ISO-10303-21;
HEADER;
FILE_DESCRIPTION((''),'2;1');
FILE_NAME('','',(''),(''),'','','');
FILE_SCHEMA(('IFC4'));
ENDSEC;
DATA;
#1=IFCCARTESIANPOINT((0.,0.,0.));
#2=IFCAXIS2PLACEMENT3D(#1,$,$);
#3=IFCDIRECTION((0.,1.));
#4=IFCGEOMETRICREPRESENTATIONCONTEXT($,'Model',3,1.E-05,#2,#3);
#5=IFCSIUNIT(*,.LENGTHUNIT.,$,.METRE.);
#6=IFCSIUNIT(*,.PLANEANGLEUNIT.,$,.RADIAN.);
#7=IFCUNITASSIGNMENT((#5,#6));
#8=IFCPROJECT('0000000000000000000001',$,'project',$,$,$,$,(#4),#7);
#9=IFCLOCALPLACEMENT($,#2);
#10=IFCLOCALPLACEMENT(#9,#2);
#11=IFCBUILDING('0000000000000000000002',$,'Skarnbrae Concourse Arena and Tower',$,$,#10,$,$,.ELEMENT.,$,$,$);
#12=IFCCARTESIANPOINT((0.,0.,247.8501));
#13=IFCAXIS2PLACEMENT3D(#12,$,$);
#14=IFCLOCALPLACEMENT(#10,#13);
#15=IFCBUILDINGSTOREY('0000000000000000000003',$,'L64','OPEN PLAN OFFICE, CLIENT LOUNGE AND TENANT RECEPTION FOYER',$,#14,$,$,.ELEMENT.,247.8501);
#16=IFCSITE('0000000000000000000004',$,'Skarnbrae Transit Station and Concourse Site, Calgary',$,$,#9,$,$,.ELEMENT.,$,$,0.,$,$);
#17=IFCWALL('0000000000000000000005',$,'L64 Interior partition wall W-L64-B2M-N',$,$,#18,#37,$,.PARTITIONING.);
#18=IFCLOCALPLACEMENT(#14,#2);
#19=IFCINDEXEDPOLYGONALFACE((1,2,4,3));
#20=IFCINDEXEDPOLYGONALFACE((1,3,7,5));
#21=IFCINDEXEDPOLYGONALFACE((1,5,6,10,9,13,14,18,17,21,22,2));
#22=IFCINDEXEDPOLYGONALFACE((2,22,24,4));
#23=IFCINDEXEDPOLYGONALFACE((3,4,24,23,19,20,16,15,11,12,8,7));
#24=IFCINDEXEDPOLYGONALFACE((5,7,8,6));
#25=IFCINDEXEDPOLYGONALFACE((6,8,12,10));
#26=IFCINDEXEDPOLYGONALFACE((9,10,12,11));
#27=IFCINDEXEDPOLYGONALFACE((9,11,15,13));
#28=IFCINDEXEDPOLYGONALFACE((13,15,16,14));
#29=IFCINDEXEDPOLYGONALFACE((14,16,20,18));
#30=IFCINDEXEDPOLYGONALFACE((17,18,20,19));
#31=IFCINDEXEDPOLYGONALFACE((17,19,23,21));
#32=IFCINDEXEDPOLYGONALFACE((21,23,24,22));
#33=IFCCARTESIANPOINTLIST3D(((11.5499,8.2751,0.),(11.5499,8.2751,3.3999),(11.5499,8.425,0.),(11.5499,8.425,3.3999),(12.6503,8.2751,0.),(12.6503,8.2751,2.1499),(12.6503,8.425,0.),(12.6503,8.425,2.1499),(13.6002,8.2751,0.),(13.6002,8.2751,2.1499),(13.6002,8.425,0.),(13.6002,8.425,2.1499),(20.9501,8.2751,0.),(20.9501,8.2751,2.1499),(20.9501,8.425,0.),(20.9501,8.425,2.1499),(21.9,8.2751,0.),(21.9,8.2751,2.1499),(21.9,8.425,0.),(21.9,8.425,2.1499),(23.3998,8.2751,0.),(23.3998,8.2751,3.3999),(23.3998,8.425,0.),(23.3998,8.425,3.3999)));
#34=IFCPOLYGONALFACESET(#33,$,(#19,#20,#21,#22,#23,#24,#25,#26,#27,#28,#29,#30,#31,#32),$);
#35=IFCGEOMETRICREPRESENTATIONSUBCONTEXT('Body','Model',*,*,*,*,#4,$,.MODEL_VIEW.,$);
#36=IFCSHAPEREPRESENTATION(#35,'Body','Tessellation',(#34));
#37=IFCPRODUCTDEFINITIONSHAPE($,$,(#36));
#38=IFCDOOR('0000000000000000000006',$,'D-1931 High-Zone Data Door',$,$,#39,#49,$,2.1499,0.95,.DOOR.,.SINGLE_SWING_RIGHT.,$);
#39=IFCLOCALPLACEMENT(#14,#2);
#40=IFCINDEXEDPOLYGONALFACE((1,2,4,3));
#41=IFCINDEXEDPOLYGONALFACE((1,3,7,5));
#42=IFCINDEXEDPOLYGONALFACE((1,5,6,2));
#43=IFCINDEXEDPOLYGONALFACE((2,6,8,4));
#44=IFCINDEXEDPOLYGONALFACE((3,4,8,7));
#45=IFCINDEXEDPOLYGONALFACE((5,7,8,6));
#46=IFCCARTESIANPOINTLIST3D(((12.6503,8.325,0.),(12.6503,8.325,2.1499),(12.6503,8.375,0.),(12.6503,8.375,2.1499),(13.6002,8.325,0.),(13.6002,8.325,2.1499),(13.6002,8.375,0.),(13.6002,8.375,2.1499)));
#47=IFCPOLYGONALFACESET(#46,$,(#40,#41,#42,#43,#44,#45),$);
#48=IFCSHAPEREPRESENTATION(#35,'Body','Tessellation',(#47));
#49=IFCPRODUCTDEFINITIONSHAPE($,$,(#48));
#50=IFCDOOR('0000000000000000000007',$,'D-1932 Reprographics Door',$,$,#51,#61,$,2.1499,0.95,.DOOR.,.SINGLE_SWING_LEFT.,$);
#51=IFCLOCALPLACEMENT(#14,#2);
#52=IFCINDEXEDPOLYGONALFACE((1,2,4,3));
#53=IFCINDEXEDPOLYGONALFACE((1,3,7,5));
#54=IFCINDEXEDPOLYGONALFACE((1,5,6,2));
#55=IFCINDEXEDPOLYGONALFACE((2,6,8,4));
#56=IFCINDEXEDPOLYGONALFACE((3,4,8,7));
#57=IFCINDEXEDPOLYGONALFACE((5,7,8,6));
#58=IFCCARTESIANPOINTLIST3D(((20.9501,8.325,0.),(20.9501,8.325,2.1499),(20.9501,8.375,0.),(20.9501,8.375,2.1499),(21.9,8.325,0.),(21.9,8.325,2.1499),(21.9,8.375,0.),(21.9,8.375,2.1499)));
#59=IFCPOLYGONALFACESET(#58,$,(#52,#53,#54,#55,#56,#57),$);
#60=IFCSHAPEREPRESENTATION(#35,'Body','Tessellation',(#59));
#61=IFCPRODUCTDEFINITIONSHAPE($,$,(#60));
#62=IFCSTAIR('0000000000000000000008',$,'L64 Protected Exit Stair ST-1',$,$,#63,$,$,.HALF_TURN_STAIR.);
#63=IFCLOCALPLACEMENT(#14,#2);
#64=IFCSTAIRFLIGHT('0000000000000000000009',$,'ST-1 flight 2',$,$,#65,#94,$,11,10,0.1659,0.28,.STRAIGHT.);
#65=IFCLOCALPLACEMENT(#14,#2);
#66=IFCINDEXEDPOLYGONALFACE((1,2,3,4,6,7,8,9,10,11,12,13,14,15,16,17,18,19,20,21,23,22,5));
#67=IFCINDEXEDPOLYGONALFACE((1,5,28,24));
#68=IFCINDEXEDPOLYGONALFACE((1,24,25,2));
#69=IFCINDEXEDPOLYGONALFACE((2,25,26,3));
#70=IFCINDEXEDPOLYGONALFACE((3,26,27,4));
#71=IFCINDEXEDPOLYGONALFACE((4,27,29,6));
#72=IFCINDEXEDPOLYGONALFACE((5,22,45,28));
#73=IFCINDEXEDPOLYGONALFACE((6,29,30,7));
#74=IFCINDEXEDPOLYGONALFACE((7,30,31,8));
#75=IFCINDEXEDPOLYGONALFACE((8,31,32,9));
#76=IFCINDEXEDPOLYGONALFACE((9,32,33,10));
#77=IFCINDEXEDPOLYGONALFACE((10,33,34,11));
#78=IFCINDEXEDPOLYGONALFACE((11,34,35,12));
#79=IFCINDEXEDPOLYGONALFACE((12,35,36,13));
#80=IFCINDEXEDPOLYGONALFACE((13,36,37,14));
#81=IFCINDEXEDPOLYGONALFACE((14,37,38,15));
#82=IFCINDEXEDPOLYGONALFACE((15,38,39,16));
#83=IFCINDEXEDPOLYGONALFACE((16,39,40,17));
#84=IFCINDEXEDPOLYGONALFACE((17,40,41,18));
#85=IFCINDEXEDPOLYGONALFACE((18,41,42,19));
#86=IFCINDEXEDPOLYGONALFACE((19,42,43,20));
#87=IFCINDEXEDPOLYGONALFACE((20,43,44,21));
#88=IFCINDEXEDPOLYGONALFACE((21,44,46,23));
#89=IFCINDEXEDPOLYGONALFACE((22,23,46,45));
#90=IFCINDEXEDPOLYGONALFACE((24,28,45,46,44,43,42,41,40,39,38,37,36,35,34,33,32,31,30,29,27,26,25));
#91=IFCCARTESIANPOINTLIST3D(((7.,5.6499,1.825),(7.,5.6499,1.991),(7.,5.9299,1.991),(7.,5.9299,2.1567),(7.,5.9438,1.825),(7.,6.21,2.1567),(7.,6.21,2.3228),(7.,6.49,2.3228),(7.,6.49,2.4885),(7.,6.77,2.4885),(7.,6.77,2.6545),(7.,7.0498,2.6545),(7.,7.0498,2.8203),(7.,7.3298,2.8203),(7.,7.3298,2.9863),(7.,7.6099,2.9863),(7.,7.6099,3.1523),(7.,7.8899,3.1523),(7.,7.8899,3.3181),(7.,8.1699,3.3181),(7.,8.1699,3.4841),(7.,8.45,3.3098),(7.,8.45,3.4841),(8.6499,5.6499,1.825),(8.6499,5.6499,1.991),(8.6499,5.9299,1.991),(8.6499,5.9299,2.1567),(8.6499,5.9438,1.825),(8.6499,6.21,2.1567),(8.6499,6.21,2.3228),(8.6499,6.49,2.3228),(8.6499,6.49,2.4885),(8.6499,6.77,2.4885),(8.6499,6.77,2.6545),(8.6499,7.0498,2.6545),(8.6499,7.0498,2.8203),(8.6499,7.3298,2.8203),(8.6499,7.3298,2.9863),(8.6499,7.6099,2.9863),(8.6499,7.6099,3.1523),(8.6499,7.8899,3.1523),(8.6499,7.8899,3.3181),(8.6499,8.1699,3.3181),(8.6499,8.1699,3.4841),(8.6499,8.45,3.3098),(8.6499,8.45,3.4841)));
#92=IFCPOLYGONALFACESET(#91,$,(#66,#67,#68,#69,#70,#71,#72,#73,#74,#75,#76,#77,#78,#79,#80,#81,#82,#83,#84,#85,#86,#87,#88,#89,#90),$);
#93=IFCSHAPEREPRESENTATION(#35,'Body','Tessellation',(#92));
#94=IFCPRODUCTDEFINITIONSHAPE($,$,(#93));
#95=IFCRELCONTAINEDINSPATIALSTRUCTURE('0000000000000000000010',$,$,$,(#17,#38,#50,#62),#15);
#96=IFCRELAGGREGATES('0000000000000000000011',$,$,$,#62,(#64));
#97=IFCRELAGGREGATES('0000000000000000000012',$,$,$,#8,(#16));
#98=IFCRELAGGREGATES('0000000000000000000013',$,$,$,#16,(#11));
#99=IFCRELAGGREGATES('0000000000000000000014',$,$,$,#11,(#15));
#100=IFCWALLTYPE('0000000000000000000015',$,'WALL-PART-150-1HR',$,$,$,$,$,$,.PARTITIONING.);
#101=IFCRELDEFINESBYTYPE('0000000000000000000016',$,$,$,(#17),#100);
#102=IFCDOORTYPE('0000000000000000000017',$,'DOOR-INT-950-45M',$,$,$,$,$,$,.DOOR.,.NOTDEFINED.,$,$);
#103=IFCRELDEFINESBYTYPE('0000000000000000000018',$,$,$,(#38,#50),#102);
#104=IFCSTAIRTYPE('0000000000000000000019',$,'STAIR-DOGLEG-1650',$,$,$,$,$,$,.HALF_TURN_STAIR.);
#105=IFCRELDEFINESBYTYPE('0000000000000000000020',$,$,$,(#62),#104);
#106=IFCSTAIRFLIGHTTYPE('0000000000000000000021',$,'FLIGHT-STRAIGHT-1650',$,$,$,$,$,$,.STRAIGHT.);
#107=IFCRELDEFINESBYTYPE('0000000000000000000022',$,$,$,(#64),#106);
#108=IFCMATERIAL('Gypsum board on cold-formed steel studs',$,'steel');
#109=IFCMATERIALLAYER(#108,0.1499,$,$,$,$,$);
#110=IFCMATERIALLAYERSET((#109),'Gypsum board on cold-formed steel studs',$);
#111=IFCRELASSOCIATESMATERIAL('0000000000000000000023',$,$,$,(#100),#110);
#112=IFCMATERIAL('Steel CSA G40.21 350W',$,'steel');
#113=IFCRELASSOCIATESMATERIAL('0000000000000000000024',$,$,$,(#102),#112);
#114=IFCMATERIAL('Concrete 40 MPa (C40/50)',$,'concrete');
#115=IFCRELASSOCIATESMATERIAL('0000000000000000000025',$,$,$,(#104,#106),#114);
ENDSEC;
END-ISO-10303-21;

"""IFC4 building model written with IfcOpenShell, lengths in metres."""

from ifc_helpers import new_model, si_unit, direction, frame, frame_2d, origin, place, context, subcontext, project, spatial, polyline, rectangle, outline, extrude, source, transform, mapped, material, layer, layer_set, type_object, element, fill, aggregate, save


model = new_model("IFC4")

# Units and contexts
model_context = context("Model", 3, precision=1e-05, world=origin(), true_north=direction((0.0, 1.0)))
body_context = subcontext(model_context, "Body", "Model", "MODEL_VIEW")
ifc_project = project(units=[si_unit("LENGTHUNIT", "METRE"), si_unit("PLANEANGLEUNIT", "RADIAN")], contexts=[model_context])

# Site, building, storey
site_placement = place(None, origin())
site = spatial("IfcSite", under=ifc_project, at=site_placement, Name="Skarnbrae Transit Station and Concourse Site, Calgary", CompositionType="ELEMENT", RefElevation=0.0)
building_placement = place(site_placement, origin())
building = spatial("IfcBuilding", under=site, at=building_placement, Name="Skarnbrae Concourse Arena and Tower", CompositionType="ELEMENT")
storey_placement = place(building_placement, frame((0.0, 0.0, 247.8501)))
storey = spatial("IfcBuildingStorey", under=building, at=storey_placement, Name="L64", Description="OPEN PLAN OFFICE, CLIENT LOUNGE AND TENANT RECEPTION FOYER", CompositionType="ELEMENT", Elevation=247.8501)

# Shared definitions
ifc_material_1 = material(Name="Gypsum board on cold-formed steel studs", Category="steel")

# Shared definitions
ifc_material_2 = material(Name="Steel CSA G40.21 350W", Category="steel")

# Shared definitions
ifc_layer_1 = layer(ifc_material_1, 0.1499)
ifc_layer_set_1 = layer_set([ifc_layer_1], Name="Gypsum board on cold-formed steel studs")
wall_type_1 = type_object("IfcWallType", Name="WALL-PART-150-1HR", PredefinedType="PARTITIONING", material=ifc_layer_set_1)

# Shared definitions
door_type_1 = type_object("IfcDoorType", Name="DOOR-INT-950-45M", OperationType="NOTDEFINED", PredefinedType="DOOR", material=ifc_material_2)
shared_shape_1 = source(origin(), body_context, "Body", "SweptSolid", [
    extrude(rectangle(XDim=0.95, YDim=2.1499, at=frame_2d((0.4751, 1.075))), frame((0.0, 0.0249, 0.0), z_axis=(0.0, -1.0, 0.0), x_axis=(1.0, 0.0, 0.0)), (0.0, 0.0, 1.0), 0.05),
])

# Shared definitions
shared_shape_2 = source(origin(), body_context, "Body", "SweptSolid", [
    extrude(rectangle(XDim=11.8499, YDim=0.1499, at=frame_2d((5.9248, 0.0))), origin(), (0.0, 0.0, 1.0), 3.3999),
])

# Wall, openings, doors
wall_1_placement = place(storey_placement, frame((11.55, 8.3501, 0.0), z_axis=(0.0, 0.0, 1.0), x_axis=(1.0, 0.0, 0.0)))
wall_1 = element("IfcWall", 1, at=wall_1_placement, inside=storey, type_object=wall_type_1, Name="L64 Interior partition wall W-L64-B2M-N", PredefinedType="PARTITIONING", context=body_context, shape_type="MappedRepresentation", body=[
    mapped(shared_shape_2, transform((0.0, 0.0, 0.0))),
])
opening_1_placement = place(wall_1_placement, frame((1.1001, 0.0, 0.0)))
opening_1 = element("IfcOpeningElement", 2, at=opening_1_placement, cuts=wall_1, PredefinedType="OPENING", context=body_context, shape_type="SweptSolid", body=[
    extrude(rectangle(XDim=0.95, YDim=2.1499, at=frame_2d((0.4751, 1.075))), frame((0.0, 0.085, 0.0), z_axis=(0.0, -1.0, 0.0), x_axis=(1.0, 0.0, 0.0)), (0.0, 0.0, 1.0), 0.1699),
])
opening_2_placement = place(wall_1_placement, frame((9.3999, 0.0, 0.0)))
opening_2 = element("IfcOpeningElement", 3, at=opening_2_placement, cuts=wall_1, PredefinedType="OPENING", context=body_context, shape_type="SweptSolid", body=[
    extrude(rectangle(XDim=0.95, YDim=2.1499, at=frame_2d((0.4751, 1.075))), frame((0.0, 0.085, 0.0), z_axis=(0.0, -1.0, 0.0), x_axis=(1.0, 0.0, 0.0)), (0.0, 0.0, 1.0), 0.1699),
])
door_1_placement = place(opening_1_placement, origin())
door_1 = element("IfcDoor", 4, at=door_1_placement, inside=storey, type_object=door_type_1, Name="D-1931 High-Zone Data Door", OperationType="SINGLE_SWING_RIGHT", OverallHeight=2.1499, OverallWidth=0.95, PredefinedType="DOOR", context=body_context, shape_type="MappedRepresentation", body=[
    mapped(shared_shape_1, transform((0.0, 0.0, 0.0))),
])
fill(opening_1, door_1)
door_2_placement = place(opening_2_placement, origin())
door_2 = element("IfcDoor", 5, at=door_2_placement, inside=storey, type_object=door_type_1, Name="D-1932 Reprographics Door", OperationType="SINGLE_SWING_LEFT", OverallHeight=2.1499, OverallWidth=0.95, PredefinedType="DOOR", context=body_context, shape_type="MappedRepresentation", body=[
    mapped(shared_shape_1, transform((0.0, 0.0, 0.0))),
])
fill(opening_2, door_2)

# Stair, stair flight
ifc_material_3 = material(Name="Concrete 40 MPa (C40/50)", Category="concrete")
stair_type = type_object("IfcStairType", Name="STAIR-DOGLEG-1650", PredefinedType="HALF_TURN_STAIR", material=ifc_material_3)
stair_placement = place(storey_placement, origin())
stair = element("IfcStair", 6, at=stair_placement, inside=storey, type_object=stair_type, Name="L64 Protected Exit Stair ST-1", PredefinedType="HALF_TURN_STAIR")
stair_flight_type = type_object("IfcStairFlightType", Name="FLIGHT-STRAIGHT-1650", PredefinedType="STRAIGHT", material=ifc_material_3)
shared_shape_3 = source(origin(), body_context, "Body", "SweptSolid", [
    extrude(outline(polyline([(0.0, 0.0), (0.0, 0.166), (0.28, 0.166), (0.28, 0.3318), (0.5601, 0.3318), (0.5601, 0.4978), (0.8401, 0.4978), (0.8401, 0.6636), (1.1201, 0.6636), (1.1201, 0.8296), (1.3999, 0.8296), (1.3999, 0.9954), (1.6799, 0.9954), (1.6799, 1.1614), (1.96, 1.1614), (1.96, 1.3274), (2.24, 1.3274), (2.24, 1.4932), (2.52, 1.4932), (2.52, 1.6592), (2.8, 1.6592), (2.8, 1.825), (2.8, 1.4849), (0.2939, 0.0), (0.0, 0.0)])), frame((0.0, 0.825, 0.0), z_axis=(0.0, -1.0, 0.0), x_axis=(1.0, 0.0, 0.0)), (0.0, 0.0, 1.0), 1.6499),
])
stair_flight_placement = place(storey_placement, frame((7.825, 5.6499, 1.825), z_axis=(0.0, 0.0, 1.0), x_axis=(0.0, 1.0, 0.0)))
stair_flight = element("IfcStairFlight", 7, at=stair_flight_placement, type_object=stair_flight_type, Name="ST-1 flight 2", NumberOfRisers=11, NumberOfTreads=10, PredefinedType="STRAIGHT", RiserHeight=0.1659, TreadLength=0.28, context=body_context, shape_type="MappedRepresentation", body=[
    mapped(shared_shape_3, transform((0.0, 0.0, 0.0))),
])
aggregate(stair, [stair_flight])

save(model, "model.ifc")
